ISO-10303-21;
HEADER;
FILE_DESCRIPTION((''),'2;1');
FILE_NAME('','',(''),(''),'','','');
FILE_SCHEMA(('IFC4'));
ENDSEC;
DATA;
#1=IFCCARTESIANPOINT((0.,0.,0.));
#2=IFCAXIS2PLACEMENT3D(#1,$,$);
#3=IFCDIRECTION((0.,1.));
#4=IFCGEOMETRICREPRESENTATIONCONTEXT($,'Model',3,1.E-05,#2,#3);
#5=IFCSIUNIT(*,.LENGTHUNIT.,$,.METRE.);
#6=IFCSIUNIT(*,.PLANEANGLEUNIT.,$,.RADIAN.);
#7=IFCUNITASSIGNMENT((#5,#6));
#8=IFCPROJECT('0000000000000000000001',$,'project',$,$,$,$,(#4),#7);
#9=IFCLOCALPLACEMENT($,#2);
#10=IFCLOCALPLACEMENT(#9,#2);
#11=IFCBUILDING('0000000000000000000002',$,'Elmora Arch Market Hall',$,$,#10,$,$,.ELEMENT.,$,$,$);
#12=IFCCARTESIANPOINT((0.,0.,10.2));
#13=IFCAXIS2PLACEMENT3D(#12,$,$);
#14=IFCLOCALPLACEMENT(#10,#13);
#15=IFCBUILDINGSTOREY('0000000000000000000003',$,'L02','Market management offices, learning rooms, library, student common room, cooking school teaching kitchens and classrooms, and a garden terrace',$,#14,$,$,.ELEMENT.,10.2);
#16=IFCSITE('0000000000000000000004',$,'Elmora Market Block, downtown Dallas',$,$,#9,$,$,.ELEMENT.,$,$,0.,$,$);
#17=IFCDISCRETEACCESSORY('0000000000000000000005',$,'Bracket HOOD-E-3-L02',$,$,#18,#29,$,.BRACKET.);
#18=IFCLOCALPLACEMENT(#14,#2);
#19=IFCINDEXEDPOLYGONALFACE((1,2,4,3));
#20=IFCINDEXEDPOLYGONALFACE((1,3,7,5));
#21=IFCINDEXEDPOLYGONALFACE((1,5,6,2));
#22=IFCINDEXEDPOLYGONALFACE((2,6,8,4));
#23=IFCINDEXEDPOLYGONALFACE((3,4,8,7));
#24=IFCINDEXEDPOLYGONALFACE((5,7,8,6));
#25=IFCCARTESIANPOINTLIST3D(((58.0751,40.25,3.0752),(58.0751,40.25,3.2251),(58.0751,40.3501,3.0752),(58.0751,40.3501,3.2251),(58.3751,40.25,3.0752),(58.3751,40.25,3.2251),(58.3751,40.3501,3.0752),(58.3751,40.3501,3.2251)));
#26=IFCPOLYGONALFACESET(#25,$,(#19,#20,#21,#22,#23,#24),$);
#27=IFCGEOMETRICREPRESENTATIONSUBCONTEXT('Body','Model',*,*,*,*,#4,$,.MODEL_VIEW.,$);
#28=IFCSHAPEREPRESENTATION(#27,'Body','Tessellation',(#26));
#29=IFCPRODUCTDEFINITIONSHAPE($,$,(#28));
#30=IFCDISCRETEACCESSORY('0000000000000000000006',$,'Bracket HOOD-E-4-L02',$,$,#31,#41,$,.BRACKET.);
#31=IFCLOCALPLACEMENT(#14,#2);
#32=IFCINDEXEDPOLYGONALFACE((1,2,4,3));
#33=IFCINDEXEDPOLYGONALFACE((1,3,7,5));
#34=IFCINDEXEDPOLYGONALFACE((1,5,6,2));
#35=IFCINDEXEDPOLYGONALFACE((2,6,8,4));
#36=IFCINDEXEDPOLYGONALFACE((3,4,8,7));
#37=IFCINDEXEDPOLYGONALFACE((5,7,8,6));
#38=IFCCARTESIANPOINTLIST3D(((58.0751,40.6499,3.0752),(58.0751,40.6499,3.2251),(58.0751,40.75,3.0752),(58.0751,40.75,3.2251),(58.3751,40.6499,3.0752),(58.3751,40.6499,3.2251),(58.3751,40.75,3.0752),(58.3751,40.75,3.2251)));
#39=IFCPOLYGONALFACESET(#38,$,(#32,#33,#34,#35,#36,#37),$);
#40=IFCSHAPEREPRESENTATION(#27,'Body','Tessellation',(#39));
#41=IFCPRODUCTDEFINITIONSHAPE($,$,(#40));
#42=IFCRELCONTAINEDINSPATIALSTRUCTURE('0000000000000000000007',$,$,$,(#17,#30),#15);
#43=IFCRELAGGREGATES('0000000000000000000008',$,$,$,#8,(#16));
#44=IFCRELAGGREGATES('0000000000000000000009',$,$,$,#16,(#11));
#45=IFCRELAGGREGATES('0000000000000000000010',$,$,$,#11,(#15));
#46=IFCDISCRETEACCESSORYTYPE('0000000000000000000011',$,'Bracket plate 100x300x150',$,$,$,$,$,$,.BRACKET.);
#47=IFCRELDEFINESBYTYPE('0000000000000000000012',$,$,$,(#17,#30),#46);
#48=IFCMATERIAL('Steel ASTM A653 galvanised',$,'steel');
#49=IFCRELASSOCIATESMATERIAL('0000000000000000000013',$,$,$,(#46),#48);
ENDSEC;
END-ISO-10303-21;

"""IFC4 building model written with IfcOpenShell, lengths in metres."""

from ifc_helpers import new_model, si_unit, direction, frame, origin, origin_2d, place, context, subcontext, project, spatial, rectangle, extrude, material, type_object, element, save


model = new_model("IFC4")

# Units and contexts
model_context = context("Model", 3, precision=1e-05, world=origin(), true_north=direction((0.0, 1.0)))
body_context = subcontext(model_context, "Body", "Model", "MODEL_VIEW")
ifc_project = project(units=[si_unit("LENGTHUNIT", "METRE"), si_unit("PLANEANGLEUNIT", "RADIAN")], contexts=[model_context])

# Site, building, storey
site_placement = place(None, origin())
site = spatial("IfcSite", under=ifc_project, at=site_placement, Name="Elmora Market Block, downtown Dallas", CompositionType="ELEMENT", RefElevation=0.0)
building_placement = place(site_placement, origin())
building = spatial("IfcBuilding", under=site, at=building_placement, Name="Elmora Arch Market Hall", CompositionType="ELEMENT")
storey_placement = place(building_placement, frame((0.0, 0.0, 10.2)))
storey = spatial("IfcBuildingStorey", under=building, at=storey_placement, Name="L02", Description="Market management offices, learning rooms, library, student common room, cooking school teaching kitchens and classrooms, and a garden terrace", CompositionType="ELEMENT", Elevation=10.2)

# Discrete accessories
ifc_material_1 = material(Name="Steel ASTM A653 galvanised", Category="steel")
discrete_accessory_type = type_object("IfcDiscreteAccessoryType", Name="Bracket plate 100x300x150", PredefinedType="BRACKET", material=ifc_material_1)
for number, where, z_axis, x_axis, name in (
    (1, (58.2251, 40.3, 3.0752), (0.0, 0.0, 1.0), (1.0, 0.0, 0.0), "Bracket HOOD-E-3-L02"),
    (2, (58.2251, 40.7, 3.0752), (0.0, 0.0, 1.0), (1.0, 0.0, 0.0), "Bracket HOOD-E-4-L02"),
):
    element("IfcDiscreteAccessory", number, at=place(storey_placement, frame(where, z_axis=z_axis, x_axis=x_axis)), inside=storey, type_object=discrete_accessory_type, Name=name, PredefinedType="BRACKET", context=body_context, shape_type="SweptSolid", body=[
        extrude(rectangle(XDim=0.3, YDim=0.1001, at=origin_2d()), origin(), (0.0, 0.0, 1.0), 0.1499),
    ])

save(model, "model.ifc")
